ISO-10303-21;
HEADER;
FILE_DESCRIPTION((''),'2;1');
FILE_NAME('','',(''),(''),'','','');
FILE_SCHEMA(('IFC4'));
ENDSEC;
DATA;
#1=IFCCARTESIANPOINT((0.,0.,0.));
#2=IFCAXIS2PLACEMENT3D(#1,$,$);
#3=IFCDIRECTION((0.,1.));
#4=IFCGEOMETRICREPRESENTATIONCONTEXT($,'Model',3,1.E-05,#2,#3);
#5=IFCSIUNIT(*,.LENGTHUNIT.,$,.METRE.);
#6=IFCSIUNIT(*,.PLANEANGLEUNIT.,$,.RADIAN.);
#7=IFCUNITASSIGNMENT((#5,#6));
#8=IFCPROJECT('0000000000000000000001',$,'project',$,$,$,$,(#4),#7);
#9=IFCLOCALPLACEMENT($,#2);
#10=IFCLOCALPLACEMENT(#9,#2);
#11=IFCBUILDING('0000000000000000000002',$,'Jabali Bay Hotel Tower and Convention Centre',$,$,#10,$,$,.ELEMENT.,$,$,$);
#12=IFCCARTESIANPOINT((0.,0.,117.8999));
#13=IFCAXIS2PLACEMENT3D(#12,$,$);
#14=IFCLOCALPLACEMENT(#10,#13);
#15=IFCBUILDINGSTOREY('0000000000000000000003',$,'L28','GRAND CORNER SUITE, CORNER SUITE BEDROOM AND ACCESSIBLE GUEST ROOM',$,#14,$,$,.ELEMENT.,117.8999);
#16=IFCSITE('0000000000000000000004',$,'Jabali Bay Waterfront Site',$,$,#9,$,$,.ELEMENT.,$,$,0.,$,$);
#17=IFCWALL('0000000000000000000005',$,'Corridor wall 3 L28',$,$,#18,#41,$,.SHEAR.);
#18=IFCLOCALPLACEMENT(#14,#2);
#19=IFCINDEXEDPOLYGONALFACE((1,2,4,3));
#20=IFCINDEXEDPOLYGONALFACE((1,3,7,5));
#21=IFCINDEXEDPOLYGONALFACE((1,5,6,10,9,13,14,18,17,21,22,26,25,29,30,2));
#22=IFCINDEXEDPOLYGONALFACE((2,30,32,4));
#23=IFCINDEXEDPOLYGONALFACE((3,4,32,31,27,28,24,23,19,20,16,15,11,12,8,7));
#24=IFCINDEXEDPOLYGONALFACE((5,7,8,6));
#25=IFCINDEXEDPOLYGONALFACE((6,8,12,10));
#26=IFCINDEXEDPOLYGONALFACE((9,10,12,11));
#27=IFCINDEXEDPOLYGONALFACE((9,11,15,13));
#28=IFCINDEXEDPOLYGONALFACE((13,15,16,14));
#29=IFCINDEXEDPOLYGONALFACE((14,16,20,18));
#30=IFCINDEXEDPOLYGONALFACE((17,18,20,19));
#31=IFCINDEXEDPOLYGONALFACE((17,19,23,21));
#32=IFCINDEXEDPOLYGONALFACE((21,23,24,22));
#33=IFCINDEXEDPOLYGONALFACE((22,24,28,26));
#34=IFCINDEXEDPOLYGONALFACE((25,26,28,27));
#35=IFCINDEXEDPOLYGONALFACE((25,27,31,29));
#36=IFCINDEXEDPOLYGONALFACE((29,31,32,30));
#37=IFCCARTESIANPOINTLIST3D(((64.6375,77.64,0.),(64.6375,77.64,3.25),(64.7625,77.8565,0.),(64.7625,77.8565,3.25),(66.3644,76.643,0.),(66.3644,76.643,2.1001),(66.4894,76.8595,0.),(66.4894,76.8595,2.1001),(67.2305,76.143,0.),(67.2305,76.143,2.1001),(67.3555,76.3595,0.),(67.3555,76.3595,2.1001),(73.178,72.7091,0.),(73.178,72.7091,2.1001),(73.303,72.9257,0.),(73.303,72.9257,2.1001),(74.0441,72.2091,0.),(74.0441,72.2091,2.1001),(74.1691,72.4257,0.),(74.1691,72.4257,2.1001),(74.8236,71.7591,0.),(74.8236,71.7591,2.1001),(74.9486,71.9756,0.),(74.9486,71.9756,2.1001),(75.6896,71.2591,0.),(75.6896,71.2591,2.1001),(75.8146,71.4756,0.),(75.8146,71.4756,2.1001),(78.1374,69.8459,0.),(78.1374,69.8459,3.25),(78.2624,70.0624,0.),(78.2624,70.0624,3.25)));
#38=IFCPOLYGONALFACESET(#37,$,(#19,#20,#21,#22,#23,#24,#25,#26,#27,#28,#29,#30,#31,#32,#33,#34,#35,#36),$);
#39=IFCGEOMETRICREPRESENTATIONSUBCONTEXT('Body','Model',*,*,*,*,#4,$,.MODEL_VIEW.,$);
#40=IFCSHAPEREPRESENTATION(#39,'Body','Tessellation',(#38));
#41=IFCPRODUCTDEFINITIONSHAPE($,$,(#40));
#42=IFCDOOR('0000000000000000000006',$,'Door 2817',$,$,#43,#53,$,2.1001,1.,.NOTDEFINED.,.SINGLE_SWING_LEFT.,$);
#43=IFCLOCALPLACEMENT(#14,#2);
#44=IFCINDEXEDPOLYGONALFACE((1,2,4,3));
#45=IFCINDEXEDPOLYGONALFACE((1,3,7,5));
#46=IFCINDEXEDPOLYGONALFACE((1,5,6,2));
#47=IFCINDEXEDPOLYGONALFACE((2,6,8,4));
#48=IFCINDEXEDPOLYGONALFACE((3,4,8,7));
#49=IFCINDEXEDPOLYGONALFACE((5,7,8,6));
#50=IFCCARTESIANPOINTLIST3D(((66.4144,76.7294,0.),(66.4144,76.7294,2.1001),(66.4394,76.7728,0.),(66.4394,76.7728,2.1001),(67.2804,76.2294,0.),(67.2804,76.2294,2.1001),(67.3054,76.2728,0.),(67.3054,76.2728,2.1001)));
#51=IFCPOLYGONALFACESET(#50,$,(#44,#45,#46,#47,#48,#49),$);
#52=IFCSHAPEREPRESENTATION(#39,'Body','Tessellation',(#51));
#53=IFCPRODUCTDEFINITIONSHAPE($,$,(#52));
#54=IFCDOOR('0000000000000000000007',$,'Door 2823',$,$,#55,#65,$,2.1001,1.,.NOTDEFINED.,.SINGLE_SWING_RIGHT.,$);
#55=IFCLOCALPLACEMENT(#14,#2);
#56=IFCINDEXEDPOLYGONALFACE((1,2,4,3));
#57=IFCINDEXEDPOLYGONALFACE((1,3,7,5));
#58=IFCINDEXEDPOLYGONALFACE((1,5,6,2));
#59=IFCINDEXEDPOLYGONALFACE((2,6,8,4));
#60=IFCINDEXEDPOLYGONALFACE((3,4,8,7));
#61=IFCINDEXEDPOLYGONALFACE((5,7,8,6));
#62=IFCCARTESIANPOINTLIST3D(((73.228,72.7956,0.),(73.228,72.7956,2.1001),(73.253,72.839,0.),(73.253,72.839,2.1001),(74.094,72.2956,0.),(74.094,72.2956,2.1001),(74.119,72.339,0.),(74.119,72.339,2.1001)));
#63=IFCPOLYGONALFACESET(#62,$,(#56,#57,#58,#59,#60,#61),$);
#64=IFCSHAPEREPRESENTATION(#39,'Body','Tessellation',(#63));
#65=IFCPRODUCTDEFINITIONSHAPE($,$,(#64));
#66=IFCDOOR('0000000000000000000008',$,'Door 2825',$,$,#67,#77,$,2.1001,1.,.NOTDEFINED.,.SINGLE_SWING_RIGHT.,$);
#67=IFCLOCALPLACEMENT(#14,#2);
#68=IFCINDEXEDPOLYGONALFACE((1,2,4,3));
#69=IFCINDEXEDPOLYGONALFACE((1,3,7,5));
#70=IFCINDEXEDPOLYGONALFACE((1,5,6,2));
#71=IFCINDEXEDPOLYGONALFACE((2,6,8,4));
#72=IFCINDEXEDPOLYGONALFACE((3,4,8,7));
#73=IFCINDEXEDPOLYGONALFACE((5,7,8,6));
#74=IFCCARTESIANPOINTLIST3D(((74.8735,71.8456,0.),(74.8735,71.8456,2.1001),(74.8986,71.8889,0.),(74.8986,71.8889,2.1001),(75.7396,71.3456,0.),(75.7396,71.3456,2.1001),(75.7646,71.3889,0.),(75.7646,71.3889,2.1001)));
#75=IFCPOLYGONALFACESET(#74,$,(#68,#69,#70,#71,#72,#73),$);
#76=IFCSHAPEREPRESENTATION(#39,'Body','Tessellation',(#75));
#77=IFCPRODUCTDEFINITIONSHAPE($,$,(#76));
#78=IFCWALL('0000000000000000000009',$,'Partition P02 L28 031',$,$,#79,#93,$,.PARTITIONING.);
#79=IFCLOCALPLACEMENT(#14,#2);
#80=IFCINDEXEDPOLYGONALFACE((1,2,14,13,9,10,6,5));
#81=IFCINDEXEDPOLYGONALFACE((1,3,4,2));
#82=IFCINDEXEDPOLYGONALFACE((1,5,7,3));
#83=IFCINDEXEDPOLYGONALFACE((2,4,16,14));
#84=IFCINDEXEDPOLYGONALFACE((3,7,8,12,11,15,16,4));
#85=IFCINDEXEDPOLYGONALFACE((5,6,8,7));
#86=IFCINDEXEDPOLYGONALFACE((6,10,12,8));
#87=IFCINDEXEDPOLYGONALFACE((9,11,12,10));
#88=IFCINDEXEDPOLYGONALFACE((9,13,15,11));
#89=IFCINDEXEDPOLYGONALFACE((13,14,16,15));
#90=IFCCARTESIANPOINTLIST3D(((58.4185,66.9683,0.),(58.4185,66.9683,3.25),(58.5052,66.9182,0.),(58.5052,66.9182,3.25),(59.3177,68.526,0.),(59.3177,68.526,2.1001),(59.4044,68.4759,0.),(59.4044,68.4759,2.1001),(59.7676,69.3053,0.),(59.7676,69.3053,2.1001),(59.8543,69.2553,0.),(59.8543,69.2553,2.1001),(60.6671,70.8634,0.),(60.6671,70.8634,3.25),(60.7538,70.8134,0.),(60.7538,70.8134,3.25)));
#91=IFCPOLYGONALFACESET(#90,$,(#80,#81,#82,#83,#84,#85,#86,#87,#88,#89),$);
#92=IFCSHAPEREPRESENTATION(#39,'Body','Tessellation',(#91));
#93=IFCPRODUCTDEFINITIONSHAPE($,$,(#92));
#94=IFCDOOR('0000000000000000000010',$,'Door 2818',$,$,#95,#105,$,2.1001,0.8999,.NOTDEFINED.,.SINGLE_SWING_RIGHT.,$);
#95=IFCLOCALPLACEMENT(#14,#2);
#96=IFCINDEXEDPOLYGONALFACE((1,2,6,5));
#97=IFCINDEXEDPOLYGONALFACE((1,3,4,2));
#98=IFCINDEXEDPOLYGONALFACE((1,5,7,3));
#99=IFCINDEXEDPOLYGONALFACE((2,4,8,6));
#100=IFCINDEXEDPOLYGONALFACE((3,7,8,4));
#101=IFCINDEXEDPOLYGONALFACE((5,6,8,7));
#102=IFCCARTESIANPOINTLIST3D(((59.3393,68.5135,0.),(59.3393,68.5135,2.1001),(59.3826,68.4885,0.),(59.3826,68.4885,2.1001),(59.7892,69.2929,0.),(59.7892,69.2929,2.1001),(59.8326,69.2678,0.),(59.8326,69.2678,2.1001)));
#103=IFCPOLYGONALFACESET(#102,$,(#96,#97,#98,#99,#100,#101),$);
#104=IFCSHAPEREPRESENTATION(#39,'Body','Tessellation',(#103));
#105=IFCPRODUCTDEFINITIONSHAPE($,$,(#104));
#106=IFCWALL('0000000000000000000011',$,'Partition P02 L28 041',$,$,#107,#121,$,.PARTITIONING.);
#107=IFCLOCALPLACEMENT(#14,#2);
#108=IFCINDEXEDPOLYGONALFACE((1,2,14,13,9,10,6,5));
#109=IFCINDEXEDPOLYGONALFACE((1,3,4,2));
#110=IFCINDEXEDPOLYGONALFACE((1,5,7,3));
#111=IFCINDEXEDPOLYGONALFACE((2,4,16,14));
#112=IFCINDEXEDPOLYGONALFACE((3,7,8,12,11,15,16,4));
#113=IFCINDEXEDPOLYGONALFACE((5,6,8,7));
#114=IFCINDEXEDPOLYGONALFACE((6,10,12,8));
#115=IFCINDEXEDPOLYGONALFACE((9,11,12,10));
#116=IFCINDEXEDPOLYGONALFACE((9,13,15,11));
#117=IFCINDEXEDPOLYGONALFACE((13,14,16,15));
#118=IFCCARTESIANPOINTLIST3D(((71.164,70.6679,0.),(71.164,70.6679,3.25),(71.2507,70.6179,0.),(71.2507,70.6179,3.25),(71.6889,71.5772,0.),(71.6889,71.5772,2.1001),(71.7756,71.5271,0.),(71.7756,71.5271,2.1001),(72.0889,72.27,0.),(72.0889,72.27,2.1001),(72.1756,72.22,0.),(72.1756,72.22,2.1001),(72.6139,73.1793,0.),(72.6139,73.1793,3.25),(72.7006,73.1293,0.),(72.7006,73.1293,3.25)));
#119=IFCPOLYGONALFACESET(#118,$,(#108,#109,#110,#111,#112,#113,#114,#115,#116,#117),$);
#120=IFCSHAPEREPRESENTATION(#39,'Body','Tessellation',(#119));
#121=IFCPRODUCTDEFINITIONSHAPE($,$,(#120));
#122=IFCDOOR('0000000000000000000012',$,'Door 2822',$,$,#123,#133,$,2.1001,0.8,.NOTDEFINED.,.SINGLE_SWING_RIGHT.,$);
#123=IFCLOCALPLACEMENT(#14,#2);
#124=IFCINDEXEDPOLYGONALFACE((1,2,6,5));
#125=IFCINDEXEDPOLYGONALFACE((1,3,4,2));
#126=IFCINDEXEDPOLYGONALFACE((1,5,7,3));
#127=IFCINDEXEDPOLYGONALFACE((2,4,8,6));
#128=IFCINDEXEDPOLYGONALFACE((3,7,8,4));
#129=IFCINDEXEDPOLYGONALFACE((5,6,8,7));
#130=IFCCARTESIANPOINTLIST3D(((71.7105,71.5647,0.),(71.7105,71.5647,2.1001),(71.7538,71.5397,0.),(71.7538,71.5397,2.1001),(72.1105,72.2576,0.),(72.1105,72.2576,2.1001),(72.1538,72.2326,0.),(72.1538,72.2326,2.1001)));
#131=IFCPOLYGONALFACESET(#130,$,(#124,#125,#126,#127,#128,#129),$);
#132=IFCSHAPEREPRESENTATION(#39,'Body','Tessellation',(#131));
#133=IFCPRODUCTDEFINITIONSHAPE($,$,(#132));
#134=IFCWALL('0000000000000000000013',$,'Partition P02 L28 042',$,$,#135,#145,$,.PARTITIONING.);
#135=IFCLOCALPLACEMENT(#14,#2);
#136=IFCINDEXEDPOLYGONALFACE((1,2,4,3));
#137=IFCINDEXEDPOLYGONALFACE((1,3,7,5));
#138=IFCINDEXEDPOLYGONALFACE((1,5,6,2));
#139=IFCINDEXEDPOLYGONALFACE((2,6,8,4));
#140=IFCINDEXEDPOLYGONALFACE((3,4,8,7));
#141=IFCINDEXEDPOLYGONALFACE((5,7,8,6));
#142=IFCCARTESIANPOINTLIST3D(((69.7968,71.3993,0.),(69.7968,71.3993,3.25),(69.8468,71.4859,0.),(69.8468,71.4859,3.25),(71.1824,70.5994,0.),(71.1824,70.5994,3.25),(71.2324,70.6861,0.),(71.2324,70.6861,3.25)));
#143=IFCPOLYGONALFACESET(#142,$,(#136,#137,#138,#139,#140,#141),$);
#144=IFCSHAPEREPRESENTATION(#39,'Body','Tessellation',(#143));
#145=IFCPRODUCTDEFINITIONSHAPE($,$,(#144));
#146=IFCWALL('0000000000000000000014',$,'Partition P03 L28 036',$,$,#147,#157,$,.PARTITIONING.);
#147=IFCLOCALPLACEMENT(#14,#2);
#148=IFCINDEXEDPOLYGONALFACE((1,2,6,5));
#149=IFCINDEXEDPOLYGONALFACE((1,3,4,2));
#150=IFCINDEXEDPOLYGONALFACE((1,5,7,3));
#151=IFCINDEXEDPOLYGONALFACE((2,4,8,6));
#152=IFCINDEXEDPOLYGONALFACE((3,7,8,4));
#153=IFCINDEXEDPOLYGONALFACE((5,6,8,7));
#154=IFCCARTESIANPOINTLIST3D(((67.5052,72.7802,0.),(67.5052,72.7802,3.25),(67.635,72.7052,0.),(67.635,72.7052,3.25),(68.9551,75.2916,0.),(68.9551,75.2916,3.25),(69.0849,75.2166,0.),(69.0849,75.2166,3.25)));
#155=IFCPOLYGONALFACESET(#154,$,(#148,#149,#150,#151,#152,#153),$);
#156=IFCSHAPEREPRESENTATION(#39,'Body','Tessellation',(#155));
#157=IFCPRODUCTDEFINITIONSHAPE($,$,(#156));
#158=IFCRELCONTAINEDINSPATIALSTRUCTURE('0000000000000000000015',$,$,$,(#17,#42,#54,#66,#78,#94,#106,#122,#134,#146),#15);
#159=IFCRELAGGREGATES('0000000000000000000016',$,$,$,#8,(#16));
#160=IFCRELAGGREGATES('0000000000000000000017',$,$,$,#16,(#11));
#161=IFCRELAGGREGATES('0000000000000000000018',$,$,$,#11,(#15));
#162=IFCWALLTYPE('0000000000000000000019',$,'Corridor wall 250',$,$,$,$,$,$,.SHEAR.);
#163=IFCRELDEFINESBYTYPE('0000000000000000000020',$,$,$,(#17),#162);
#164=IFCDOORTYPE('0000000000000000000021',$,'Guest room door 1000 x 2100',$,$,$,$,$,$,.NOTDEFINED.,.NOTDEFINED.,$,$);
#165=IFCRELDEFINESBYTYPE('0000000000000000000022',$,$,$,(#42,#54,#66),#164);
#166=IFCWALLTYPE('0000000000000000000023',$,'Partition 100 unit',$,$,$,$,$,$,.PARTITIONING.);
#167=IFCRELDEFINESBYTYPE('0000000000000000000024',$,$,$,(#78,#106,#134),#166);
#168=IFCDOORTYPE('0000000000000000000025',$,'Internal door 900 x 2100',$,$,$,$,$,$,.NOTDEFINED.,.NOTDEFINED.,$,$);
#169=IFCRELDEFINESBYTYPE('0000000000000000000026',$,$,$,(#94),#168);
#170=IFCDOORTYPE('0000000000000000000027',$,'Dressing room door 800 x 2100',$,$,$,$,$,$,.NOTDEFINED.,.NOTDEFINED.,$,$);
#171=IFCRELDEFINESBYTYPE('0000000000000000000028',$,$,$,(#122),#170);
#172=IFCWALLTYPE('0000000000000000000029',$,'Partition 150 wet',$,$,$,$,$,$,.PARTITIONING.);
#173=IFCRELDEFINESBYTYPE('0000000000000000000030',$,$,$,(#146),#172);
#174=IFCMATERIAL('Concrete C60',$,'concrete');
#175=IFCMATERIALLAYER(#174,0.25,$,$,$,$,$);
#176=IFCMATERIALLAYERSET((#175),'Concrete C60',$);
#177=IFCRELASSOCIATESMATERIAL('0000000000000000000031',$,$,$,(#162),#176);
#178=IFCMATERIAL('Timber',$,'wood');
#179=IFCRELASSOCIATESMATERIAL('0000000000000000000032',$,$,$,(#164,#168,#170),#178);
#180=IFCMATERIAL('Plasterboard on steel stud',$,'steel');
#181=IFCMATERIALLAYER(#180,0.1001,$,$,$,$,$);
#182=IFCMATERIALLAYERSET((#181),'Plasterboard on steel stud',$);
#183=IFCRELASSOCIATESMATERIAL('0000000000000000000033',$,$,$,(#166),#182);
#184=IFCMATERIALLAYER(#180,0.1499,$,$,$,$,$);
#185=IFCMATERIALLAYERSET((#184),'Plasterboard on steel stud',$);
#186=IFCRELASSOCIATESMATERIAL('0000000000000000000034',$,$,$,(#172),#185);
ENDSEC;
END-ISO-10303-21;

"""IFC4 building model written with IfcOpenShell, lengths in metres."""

from ifc_helpers import new_model, si_unit, direction, frame, frame_2d, origin, place, context, subcontext, project, spatial, rectangle, extrude, material, layer, layer_set, type_object, element, fill, save


model = new_model("IFC4")

# Units and contexts
model_context = context("Model", 3, precision=1e-05, world=origin(), true_north=direction((0.0, 1.0)))
body_context = subcontext(model_context, "Body", "Model", "MODEL_VIEW")
ifc_project = project(units=[si_unit("LENGTHUNIT", "METRE"), si_unit("PLANEANGLEUNIT", "RADIAN")], contexts=[model_context])

# Site, building, storey
site_placement = place(None, origin())
site = spatial("IfcSite", under=ifc_project, at=site_placement, Name="Jabali Bay Waterfront Site", CompositionType="ELEMENT", RefElevation=0.0)
building_placement = place(site_placement, origin())
building = spatial("IfcBuilding", under=site, at=building_placement, Name="Jabali Bay Hotel Tower and Convention Centre", CompositionType="ELEMENT")
storey_placement = place(building_placement, frame((0.0, 0.0, 117.8999)))
storey = spatial("IfcBuildingStorey", under=building, at=storey_placement, Name="L28", Description="GRAND CORNER SUITE, CORNER SUITE BEDROOM AND ACCESSIBLE GUEST ROOM", CompositionType="ELEMENT", Elevation=117.8999)

# Shared definitions
ifc_material_1 = material(Name="Concrete C60", Category="concrete")

# Wall, openings, doors
ifc_layer_1 = layer(ifc_material_1, 0.25)
ifc_layer_set_1 = layer_set([ifc_layer_1], Name="Concrete C60")
wall_type_1 = type_object("IfcWallType", Name="Corridor wall 250", PredefinedType="SHEAR", material=ifc_layer_set_1)
wall_1_placement = place(storey_placement, frame((64.7, 77.7483, 0.0), z_axis=(0.0, 0.0, 1.0), x_axis=(0.866026, -0.499998, 0.0)))
wall_1 = element("IfcWall", 1, at=wall_1_placement, inside=storey, type_object=wall_type_1, Name="Corridor wall 3 L28", PredefinedType="SHEAR", context=body_context, shape_type="SweptSolid", body=[
    extrude(rectangle(XDim=15.5884, YDim=0.25, at=frame_2d((7.7942, 0.0))), origin(), (0.0, 0.0, 1.0), 3.25),
])
opening_1_placement = place(wall_1_placement, frame((1.9941, 0.0, 0.0)))
opening_1 = element("IfcOpeningElement", 2, at=opening_1_placement, cuts=wall_1, PredefinedType="OPENING", context=body_context, shape_type="SweptSolid", body=[
    extrude(rectangle(XDim=1.0, YDim=2.1001, at=frame_2d((0.5, 1.05))), frame((0.0, 0.1355, 0.0), z_axis=(0.0, -1.0, 0.0), x_axis=(1.0, 0.0, 0.0)), (0.0, 0.0, 1.0), 0.271),
])
opening_2_placement = place(wall_1_placement, frame((9.8618, 0.0, 0.0)))
opening_2 = element("IfcOpeningElement", 3, at=opening_2_placement, cuts=wall_1, PredefinedType="OPENING", context=body_context, shape_type="SweptSolid", body=[
    extrude(rectangle(XDim=1.0, YDim=2.1001, at=frame_2d((0.5, 1.05))), frame((0.0, 0.1355, 0.0), z_axis=(0.0, -1.0, 0.0), x_axis=(1.0, 0.0, 0.0)), (0.0, 0.0, 1.0), 0.271),
])
opening_3_placement = place(wall_1_placement, frame((11.762, 0.0, 0.0)))
opening_3 = element("IfcOpeningElement", 4, at=opening_3_placement, cuts=wall_1, PredefinedType="OPENING", context=body_context, shape_type="SweptSolid", body=[
    extrude(rectangle(XDim=1.0, YDim=2.1001, at=frame_2d((0.5, 1.05))), frame((0.0, 0.1355, 0.0), z_axis=(0.0, -1.0, 0.0), x_axis=(1.0, 0.0, 0.0)), (0.0, 0.0, 1.0), 0.271),
])
ifc_material_2 = material(Name="Timber", Category="wood")
door_type_1 = type_object("IfcDoorType", Name="Guest room door 1000 x 2100", OperationType="NOTDEFINED", PredefinedType="NOTDEFINED", material=ifc_material_2)
door_1_placement = place(opening_1_placement, origin())
door_1 = element("IfcDoor", 5, at=door_1_placement, inside=storey, type_object=door_type_1, Name="Door 2817", OperationType="SINGLE_SWING_LEFT", OverallHeight=2.1001, OverallWidth=1.0, PredefinedType="NOTDEFINED", context=body_context, shape_type="SweptSolid", body=[
    extrude(rectangle(XDim=1.0, YDim=2.1001, at=frame_2d((0.5, 1.05))), frame((0.0, 0.0249, 0.0), z_axis=(0.0, -1.0, 0.0), x_axis=(1.0, 0.0, 0.0)), (0.0, 0.0, 1.0), 0.05),
])
fill(opening_1, door_1)
door_2_placement = place(opening_2_placement, origin())
door_2 = element("IfcDoor", 6, at=door_2_placement, inside=storey, type_object=door_type_1, Name="Door 2823", OperationType="SINGLE_SWING_RIGHT", OverallHeight=2.1001, OverallWidth=1.0, PredefinedType="NOTDEFINED", context=body_context, shape_type="SweptSolid", body=[
    extrude(rectangle(XDim=1.0, YDim=2.1001, at=frame_2d((0.5, 1.05))), frame((0.0, 0.0249, 0.0), z_axis=(0.0, -1.0, 0.0), x_axis=(1.0, 0.0, 0.0)), (0.0, 0.0, 1.0), 0.05),
])
fill(opening_2, door_2)
door_3_placement = place(opening_3_placement, origin())
door_3 = element("IfcDoor", 7, at=door_3_placement, inside=storey, type_object=door_type_1, Name="Door 2825", OperationType="SINGLE_SWING_RIGHT", OverallHeight=2.1001, OverallWidth=1.0, PredefinedType="NOTDEFINED", context=body_context, shape_type="SweptSolid", body=[
    extrude(rectangle(XDim=1.0, YDim=2.1001, at=frame_2d((0.5, 1.05))), frame((0.0, 0.0249, 0.0), z_axis=(0.0, -1.0, 0.0), x_axis=(1.0, 0.0, 0.0)), (0.0, 0.0, 1.0), 0.05),
])
fill(opening_3, door_3)

# Walls, openings, doors
ifc_material_3 = material(Name="Plasterboard on steel stud", Category="steel")
ifc_layer_2 = layer(ifc_material_3, 0.1001)
ifc_layer_set_2 = layer_set([ifc_layer_2], Name="Plasterboard on steel stud")
wall_type_2 = type_object("IfcWallType", Name="Partition 100 unit", PredefinedType="PARTITIONING", material=ifc_layer_set_2)
wall_2_placement = place(storey_placement, frame((60.7104, 70.8384, 0.0), z_axis=(0.0, 0.0, 1.0), x_axis=(-0.499957, -0.86605, 0.0)))
wall_2 = element("IfcWall", 8, at=wall_2_placement, inside=storey, type_object=wall_type_2, Name="Partition P02 L28 031", PredefinedType="PARTITIONING", context=body_context, shape_type="SweptSolid", body=[
    extrude(rectangle(XDim=4.4976, YDim=0.1001, at=frame_2d((2.2488, 0.0))), origin(), (0.0, 0.0, 1.0), 3.25),
])
opening_4_placement = place(wall_2_placement, frame((1.7991, 0.0, 0.0)))
opening_4 = element("IfcOpeningElement", 9, at=opening_4_placement, cuts=wall_2, PredefinedType="OPENING", context=body_context, shape_type="SweptSolid", body=[
    extrude(rectangle(XDim=0.8999, YDim=2.1001, at=frame_2d((0.45, 1.05))), frame((0.0, 0.0605, 0.0), z_axis=(0.0, -1.0, 0.0), x_axis=(1.0, 0.0, 0.0)), (0.0, 0.0, 1.0), 0.1211),
])
door_type_2 = type_object("IfcDoorType", Name="Internal door 900 x 2100", OperationType="NOTDEFINED", PredefinedType="NOTDEFINED", material=ifc_material_2)
door_4_placement = place(opening_4_placement, origin())
door_4 = element("IfcDoor", 10, at=door_4_placement, inside=storey, type_object=door_type_2, Name="Door 2818", OperationType="SINGLE_SWING_RIGHT", OverallHeight=2.1001, OverallWidth=0.8999, PredefinedType="NOTDEFINED", context=body_context, shape_type="SweptSolid", body=[
    extrude(rectangle(XDim=0.8999, YDim=2.1001, at=frame_2d((0.45, 1.05))), frame((0.0, 0.0249, 0.0), z_axis=(0.0, -1.0, 0.0), x_axis=(1.0, 0.0, 0.0)), (0.0, 0.0, 1.0), 0.05),
])
fill(opening_4, door_4)
wall_3_placement = place(storey_placement, frame((72.6572, 73.1543, 0.0), z_axis=(0.0, 0.0, 1.0), x_axis=(-0.499987, -0.866033, 0.0)))
wall_3 = element("IfcWall", 11, at=wall_3_placement, inside=storey, type_object=wall_type_2, Name="Partition P02 L28 041", PredefinedType="PARTITIONING", context=body_context, shape_type="SweptSolid", body=[
    extrude(rectangle(XDim=2.8999, YDim=0.1001, at=frame_2d((1.45, 0.0))), origin(), (0.0, 0.0, 1.0), 3.25),
])
opening_5_placement = place(wall_3_placement, frame((1.05, 0.0, 0.0)))
opening_5 = element("IfcOpeningElement", 12, at=opening_5_placement, cuts=wall_3, PredefinedType="OPENING", context=body_context, shape_type="SweptSolid", body=[
    extrude(rectangle(XDim=0.8, YDim=2.1001, at=frame_2d((0.3999, 1.05))), frame((0.0, 0.0605, 0.0), z_axis=(0.0, -1.0, 0.0), x_axis=(1.0, 0.0, 0.0)), (0.0, 0.0, 1.0), 0.1211),
])
door_type_3 = type_object("IfcDoorType", Name="Dressing room door 800 x 2100", OperationType="NOTDEFINED", PredefinedType="NOTDEFINED", material=ifc_material_2)
door_5_placement = place(opening_5_placement, origin())
door_5 = element("IfcDoor", 13, at=door_5_placement, inside=storey, type_object=door_type_3, Name="Door 2822", OperationType="SINGLE_SWING_RIGHT", OverallHeight=2.1001, OverallWidth=0.8, PredefinedType="NOTDEFINED", context=body_context, shape_type="SweptSolid", body=[
    extrude(rectangle(XDim=0.8, YDim=2.1001, at=frame_2d((0.3999, 1.05))), frame((0.0, 0.0249, 0.0), z_axis=(0.0, -1.0, 0.0), x_axis=(1.0, 0.0, 0.0)), (0.0, 0.0, 1.0), 0.05),
])
fill(opening_5, door_5)

# Walls
wall_4_placement = place(storey_placement, frame((71.2073, 70.6428, 0.0), z_axis=(0.0, 0.0, 1.0), x_axis=(-0.866056, 0.499947, 0.0)))
element("IfcWall", 14, at=wall_4_placement, inside=storey, type_object=wall_type_2, Name="Partition P02 L28 042", PredefinedType="PARTITIONING", context=body_context, shape_type="SweptSolid", body=[
    extrude(rectangle(XDim=1.5999, YDim=0.1001, at=frame_2d((0.7998, 0.0))), origin(), (0.0, 0.0, 1.0), 3.25),
])
ifc_layer_3 = layer(ifc_material_3, 0.1499)
ifc_layer_set_3 = layer_set([ifc_layer_3], Name="Plasterboard on steel stud")
wall_type_3 = type_object("IfcWallType", Name="Partition 150 wet", PredefinedType="PARTITIONING", material=ifc_layer_set_3)
wall_5_placement = place(storey_placement, frame((67.5701, 72.7427, 0.0), z_axis=(0.0, 0.0, 1.0), x_axis=(0.499987, 0.866033, 0.0)))
element("IfcWall", 15, at=wall_5_placement, inside=storey, type_object=wall_type_3, Name="Partition P03 L28 036", PredefinedType="PARTITIONING", context=body_context, shape_type="SweptSolid", body=[
    extrude(rectangle(XDim=2.8999, YDim=0.1499, at=frame_2d((1.45, 0.0))), origin(), (0.0, 0.0, 1.0), 3.25),
])

save(model, "model.ifc")
